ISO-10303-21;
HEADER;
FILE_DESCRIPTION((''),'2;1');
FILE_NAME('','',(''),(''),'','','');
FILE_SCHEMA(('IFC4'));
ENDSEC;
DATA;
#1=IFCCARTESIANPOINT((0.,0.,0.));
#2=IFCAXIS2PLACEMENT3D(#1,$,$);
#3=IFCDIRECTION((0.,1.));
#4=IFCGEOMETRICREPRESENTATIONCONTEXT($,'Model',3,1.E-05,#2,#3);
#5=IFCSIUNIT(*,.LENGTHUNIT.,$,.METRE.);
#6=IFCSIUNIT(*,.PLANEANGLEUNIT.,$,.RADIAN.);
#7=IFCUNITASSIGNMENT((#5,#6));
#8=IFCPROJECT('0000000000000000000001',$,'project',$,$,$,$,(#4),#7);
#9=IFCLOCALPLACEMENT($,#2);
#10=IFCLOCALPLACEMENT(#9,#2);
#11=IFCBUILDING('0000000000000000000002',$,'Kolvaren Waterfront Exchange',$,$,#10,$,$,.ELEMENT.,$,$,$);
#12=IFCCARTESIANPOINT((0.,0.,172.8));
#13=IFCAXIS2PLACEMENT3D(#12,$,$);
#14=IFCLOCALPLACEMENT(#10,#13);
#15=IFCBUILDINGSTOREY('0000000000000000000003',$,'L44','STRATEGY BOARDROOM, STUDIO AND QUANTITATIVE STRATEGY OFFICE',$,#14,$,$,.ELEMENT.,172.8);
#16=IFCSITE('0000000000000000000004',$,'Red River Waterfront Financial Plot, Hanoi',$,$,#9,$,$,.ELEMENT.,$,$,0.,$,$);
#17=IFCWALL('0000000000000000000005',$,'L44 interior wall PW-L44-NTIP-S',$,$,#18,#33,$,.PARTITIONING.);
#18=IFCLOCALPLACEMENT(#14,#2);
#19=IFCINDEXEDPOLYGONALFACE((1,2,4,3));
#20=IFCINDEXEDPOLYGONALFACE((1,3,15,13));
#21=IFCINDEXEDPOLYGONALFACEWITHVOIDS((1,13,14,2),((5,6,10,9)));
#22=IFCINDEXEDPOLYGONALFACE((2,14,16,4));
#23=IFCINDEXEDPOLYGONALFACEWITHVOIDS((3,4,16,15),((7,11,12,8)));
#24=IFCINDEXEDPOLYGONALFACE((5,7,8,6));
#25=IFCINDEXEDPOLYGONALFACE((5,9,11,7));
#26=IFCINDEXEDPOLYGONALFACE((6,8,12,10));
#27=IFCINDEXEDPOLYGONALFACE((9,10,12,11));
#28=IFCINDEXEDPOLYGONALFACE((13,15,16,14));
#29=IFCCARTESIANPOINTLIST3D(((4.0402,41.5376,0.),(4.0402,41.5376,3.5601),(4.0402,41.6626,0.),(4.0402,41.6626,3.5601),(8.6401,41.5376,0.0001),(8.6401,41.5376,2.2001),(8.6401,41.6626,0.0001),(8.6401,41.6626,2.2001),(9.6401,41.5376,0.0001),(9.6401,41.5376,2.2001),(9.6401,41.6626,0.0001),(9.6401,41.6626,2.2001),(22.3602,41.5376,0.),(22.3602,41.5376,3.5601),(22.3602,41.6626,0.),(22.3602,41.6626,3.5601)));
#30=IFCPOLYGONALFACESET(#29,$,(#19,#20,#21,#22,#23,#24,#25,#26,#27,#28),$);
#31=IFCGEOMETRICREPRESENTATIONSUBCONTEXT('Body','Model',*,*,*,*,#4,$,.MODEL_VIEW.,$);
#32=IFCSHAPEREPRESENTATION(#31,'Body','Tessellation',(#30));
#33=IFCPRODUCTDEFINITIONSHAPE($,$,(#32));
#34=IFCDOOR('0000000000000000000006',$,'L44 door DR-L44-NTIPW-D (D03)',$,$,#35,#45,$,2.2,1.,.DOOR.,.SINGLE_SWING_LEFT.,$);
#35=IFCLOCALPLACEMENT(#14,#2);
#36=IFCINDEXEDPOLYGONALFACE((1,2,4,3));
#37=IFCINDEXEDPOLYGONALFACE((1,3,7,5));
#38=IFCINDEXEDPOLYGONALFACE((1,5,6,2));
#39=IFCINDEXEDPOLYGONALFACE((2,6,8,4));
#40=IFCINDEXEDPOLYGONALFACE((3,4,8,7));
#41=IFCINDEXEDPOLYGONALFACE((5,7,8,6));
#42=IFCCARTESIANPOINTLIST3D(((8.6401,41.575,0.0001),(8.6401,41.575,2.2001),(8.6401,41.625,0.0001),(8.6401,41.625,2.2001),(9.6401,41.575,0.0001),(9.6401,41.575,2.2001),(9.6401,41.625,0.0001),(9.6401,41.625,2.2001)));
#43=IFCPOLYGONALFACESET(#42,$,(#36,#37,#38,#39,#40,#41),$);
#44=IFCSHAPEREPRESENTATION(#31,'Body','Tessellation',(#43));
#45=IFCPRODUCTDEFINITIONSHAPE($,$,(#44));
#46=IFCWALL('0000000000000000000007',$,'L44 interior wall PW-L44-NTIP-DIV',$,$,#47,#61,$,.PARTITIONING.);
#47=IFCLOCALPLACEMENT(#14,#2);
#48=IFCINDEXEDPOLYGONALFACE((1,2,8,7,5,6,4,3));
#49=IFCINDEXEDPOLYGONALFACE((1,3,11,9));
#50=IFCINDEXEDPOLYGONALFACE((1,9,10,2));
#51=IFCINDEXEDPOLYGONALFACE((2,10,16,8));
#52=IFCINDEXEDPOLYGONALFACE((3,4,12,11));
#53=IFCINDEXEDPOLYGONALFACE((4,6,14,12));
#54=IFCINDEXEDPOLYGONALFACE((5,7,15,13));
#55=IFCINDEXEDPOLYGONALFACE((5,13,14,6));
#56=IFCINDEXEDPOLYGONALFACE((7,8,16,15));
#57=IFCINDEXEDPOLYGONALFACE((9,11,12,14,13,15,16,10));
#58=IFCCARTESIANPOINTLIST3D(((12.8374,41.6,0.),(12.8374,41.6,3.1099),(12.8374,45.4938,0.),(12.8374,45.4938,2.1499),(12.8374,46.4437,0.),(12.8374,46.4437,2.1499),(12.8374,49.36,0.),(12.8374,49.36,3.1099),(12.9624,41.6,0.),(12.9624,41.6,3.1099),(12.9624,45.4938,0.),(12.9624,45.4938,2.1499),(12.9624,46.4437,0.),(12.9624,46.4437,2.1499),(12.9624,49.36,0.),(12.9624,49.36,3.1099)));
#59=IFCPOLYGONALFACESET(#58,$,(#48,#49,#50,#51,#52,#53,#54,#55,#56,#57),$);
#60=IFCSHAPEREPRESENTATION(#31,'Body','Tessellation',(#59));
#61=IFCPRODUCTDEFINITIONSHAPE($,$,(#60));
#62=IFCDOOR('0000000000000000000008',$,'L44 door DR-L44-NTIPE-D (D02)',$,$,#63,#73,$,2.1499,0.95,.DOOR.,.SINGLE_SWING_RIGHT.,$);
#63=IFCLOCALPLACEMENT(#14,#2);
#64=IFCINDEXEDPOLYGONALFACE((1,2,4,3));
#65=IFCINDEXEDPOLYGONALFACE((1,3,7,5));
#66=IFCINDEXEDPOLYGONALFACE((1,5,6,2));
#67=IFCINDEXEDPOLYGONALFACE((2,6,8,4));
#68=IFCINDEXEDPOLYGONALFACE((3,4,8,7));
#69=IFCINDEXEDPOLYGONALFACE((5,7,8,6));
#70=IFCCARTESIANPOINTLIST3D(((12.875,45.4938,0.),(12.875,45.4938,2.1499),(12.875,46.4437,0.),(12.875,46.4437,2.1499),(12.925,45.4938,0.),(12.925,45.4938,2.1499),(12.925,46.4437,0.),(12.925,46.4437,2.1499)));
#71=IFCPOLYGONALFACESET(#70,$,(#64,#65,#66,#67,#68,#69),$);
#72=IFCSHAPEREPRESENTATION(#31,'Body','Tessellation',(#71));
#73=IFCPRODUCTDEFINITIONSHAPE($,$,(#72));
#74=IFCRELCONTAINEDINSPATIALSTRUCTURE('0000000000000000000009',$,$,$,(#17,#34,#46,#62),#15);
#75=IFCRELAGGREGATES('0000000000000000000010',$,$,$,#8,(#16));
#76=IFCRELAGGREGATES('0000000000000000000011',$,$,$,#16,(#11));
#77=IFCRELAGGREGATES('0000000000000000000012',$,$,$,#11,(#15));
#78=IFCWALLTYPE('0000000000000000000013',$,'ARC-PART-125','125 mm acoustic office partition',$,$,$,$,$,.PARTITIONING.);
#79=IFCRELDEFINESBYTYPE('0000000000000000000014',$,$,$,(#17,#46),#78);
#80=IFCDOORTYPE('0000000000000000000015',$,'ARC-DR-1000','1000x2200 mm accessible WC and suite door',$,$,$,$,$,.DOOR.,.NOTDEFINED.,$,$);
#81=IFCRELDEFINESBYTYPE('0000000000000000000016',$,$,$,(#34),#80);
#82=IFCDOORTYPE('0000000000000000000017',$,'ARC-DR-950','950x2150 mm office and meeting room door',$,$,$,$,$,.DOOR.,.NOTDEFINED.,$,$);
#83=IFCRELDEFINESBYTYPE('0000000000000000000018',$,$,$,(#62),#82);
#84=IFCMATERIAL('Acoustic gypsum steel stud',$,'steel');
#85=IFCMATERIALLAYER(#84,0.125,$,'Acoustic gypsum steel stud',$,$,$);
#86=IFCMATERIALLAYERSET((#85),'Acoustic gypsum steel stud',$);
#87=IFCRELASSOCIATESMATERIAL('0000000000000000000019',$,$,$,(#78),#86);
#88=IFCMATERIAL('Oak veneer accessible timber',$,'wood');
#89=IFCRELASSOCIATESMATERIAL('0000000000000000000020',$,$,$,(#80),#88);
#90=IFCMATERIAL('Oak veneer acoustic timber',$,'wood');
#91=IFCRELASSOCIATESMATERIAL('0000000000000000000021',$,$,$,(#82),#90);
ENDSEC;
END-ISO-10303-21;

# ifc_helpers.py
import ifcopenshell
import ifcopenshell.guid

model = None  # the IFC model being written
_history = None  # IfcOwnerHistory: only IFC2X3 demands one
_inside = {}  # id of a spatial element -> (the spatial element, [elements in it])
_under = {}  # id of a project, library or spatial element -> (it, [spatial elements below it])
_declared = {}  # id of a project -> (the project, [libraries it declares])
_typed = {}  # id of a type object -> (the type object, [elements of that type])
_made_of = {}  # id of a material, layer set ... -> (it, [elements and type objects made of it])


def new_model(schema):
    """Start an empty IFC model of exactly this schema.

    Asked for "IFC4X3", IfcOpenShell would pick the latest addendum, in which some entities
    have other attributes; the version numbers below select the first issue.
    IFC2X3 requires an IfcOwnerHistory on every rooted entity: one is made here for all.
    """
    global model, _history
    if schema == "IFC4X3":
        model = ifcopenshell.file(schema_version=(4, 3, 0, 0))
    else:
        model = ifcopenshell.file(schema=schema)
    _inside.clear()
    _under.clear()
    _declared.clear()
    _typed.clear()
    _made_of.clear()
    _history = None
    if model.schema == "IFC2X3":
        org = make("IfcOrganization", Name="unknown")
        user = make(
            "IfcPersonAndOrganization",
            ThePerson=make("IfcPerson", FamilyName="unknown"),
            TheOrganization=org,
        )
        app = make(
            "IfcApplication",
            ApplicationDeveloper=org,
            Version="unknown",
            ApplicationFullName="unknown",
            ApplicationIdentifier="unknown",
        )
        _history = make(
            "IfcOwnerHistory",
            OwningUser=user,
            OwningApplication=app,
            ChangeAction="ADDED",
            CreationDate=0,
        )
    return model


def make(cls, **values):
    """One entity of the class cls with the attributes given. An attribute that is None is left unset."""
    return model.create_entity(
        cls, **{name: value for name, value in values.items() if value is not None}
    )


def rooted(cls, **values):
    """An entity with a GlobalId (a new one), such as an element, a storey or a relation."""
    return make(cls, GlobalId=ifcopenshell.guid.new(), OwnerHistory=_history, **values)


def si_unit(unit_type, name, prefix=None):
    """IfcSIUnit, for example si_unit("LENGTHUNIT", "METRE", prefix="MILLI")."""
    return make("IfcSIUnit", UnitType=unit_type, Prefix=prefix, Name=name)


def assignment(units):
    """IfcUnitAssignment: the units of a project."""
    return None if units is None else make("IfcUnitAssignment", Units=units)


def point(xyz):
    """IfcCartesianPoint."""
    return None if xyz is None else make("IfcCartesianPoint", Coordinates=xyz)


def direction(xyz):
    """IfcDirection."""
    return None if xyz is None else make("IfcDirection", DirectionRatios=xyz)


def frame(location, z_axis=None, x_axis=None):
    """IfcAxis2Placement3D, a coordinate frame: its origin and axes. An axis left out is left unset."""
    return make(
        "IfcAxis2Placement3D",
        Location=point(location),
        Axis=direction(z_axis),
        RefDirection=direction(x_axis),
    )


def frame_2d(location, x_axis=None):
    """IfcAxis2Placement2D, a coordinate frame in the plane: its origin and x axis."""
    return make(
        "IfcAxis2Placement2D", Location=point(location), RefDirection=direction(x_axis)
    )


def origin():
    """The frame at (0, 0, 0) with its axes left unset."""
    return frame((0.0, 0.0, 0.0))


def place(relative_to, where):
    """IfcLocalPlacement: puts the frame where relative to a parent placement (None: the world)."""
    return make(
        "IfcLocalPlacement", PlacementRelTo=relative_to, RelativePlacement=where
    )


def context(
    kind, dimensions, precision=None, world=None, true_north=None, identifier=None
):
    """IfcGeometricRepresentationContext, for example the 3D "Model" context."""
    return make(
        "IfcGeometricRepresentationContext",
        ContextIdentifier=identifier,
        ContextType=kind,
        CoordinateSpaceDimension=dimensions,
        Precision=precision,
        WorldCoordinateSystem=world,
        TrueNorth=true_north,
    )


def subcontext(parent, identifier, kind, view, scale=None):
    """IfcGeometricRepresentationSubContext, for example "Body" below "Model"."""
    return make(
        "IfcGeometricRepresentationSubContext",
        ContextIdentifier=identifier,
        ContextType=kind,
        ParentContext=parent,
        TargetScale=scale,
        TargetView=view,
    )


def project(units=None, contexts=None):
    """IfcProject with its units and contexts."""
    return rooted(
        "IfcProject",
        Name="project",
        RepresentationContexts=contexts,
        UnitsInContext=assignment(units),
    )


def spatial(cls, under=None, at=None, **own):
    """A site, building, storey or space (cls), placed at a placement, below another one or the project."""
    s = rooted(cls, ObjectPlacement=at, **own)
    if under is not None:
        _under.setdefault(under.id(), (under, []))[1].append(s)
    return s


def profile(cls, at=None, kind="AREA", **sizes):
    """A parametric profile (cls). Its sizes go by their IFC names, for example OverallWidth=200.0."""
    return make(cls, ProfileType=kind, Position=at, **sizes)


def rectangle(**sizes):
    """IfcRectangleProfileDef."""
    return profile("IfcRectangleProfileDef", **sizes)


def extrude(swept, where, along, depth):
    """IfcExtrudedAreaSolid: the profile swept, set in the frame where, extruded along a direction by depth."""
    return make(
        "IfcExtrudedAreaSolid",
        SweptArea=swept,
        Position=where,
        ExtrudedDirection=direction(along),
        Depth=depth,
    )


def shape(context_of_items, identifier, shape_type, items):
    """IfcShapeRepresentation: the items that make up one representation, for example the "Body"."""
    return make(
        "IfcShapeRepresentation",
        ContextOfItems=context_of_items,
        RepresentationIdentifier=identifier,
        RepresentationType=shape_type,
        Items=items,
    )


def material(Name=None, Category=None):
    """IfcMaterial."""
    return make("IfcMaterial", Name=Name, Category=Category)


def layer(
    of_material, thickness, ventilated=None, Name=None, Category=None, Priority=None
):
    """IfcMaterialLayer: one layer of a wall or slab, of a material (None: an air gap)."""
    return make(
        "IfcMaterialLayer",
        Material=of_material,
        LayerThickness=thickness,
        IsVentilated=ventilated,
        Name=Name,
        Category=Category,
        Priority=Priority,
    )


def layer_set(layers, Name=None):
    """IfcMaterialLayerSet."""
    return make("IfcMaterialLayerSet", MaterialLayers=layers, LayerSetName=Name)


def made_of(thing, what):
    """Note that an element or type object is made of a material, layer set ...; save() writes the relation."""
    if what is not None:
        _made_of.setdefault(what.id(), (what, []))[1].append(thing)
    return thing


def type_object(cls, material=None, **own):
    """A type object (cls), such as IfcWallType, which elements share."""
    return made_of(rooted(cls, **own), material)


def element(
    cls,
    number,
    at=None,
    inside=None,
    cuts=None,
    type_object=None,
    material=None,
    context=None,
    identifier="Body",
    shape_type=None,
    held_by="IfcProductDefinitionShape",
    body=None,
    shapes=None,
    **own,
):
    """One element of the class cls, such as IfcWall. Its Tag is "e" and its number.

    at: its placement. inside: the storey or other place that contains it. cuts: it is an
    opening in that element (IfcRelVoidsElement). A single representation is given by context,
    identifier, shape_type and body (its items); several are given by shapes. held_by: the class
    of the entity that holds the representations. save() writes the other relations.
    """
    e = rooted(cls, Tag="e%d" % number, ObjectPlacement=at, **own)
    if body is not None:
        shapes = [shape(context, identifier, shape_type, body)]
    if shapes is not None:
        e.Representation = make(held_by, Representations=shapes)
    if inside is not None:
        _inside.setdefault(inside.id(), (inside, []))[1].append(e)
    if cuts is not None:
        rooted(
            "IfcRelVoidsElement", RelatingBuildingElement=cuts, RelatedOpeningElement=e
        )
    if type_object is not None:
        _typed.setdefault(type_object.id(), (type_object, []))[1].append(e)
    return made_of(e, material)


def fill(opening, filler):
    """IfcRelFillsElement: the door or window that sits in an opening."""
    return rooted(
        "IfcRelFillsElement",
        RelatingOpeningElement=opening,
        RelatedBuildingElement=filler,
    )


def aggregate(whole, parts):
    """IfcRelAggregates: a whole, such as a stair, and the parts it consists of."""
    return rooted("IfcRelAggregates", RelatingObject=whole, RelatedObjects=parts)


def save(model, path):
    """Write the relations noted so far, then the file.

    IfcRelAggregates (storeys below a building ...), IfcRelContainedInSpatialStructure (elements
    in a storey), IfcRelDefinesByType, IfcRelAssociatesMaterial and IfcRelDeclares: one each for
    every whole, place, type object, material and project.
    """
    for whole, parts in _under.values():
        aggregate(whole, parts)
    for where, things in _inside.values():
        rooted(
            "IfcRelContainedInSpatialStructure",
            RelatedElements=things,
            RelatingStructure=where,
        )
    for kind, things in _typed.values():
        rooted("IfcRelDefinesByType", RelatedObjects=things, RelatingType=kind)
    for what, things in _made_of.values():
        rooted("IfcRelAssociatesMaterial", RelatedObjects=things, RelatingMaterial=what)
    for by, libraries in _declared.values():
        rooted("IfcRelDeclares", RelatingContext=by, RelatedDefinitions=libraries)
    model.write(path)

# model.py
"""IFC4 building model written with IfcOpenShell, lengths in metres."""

from ifc_helpers import new_model, si_unit, direction, frame, frame_2d, origin, place, context, subcontext, project, spatial, rectangle, extrude, material, layer, layer_set, type_object, element, fill, save


model = new_model("IFC4")

# Units and contexts
model_context = context("Model", 3, precision=1e-05, world=origin(), true_north=direction((0.0, 1.0)))
body_context = subcontext(model_context, "Body", "Model", "MODEL_VIEW")
ifc_project = project(units=[si_unit("LENGTHUNIT", "METRE"), si_unit("PLANEANGLEUNIT", "RADIAN")], contexts=[model_context])

# Site, building, storey
site_placement = place(None, origin())
site = spatial("IfcSite", under=ifc_project, at=site_placement, Name="Red River Waterfront Financial Plot, Hanoi", CompositionType="ELEMENT", RefElevation=0.0)
building_placement = place(site_placement, origin())
building = spatial("IfcBuilding", under=site, at=building_placement, Name="Kolvaren Waterfront Exchange", CompositionType="ELEMENT")
storey_placement = place(building_placement, frame((0.0, 0.0, 172.8)))
storey = spatial("IfcBuildingStorey", under=building, at=storey_placement, Name="L44", Description="STRATEGY BOARDROOM, STUDIO AND QUANTITATIVE STRATEGY OFFICE", CompositionType="ELEMENT", Elevation=172.8)

# Walls, openings, doors
ifc_material_1 = material(Name="Acoustic gypsum steel stud", Category="steel")
ifc_layer_1 = layer(ifc_material_1, 0.125, Name="Acoustic gypsum steel stud")
ifc_layer_set_1 = layer_set([ifc_layer_1], Name="Acoustic gypsum steel stud")
wall_type_1 = type_object("IfcWallType", Name="ARC-PART-125", Description="125 mm acoustic office partition", PredefinedType="PARTITIONING", material=ifc_layer_set_1)
wall_1_placement = place(storey_placement, frame((4.04, 41.6001, 0.0), z_axis=(0.0, 0.0, 1.0), x_axis=(1.0, 0.0, 0.0)))
wall_1 = element("IfcWall", 1, at=wall_1_placement, inside=storey, type_object=wall_type_1, Name="L44 interior wall PW-L44-NTIP-S", PredefinedType="PARTITIONING", context=body_context, shape_type="SweptSolid", body=[
    extrude(rectangle(XDim=18.3201, YDim=0.125, at=frame_2d((9.1602, 0.0))), origin(), (0.0, 0.0, 1.0), 3.5601),
])
opening_1_placement = place(wall_1_placement, frame((4.6001, 0.0, 0.0)))
opening_1 = element("IfcOpeningElement", 2, at=opening_1_placement, cuts=wall_1, PredefinedType="OPENING", context=body_context, shape_type="SweptSolid", body=[
    extrude(rectangle(XDim=1.0, YDim=2.2, at=frame_2d((0.5, 1.1001))), frame((0.0, 0.0725, 0.0), z_axis=(0.0, -1.0, 0.0), x_axis=(1.0, 0.0, 0.0)), (0.0, 0.0, 1.0), 0.145),
])
ifc_material_2 = material(Name="Oak veneer accessible timber", Category="wood")
door_type_1 = type_object("IfcDoorType", Name="ARC-DR-1000", Description="1000x2200 mm accessible WC and suite door", OperationType="NOTDEFINED", PredefinedType="DOOR", material=ifc_material_2)
door_1_placement = place(opening_1_placement, origin())
door_1 = element("IfcDoor", 3, at=door_1_placement, inside=storey, type_object=door_type_1, Name="L44 door DR-L44-NTIPW-D (D03)", OperationType="SINGLE_SWING_LEFT", OverallHeight=2.2, OverallWidth=1.0, PredefinedType="DOOR", context=body_context, shape_type="SweptSolid", body=[
    extrude(rectangle(XDim=1.0, YDim=2.2, at=frame_2d((0.5, 1.1001))), frame((0.0, 0.0249, 0.0), z_axis=(0.0, -1.0, 0.0), x_axis=(1.0, 0.0, 0.0)), (0.0, 0.0, 1.0), 0.05),
])
fill(opening_1, door_1)
wall_2_placement = place(storey_placement, frame((12.8999, 41.6001, 0.0), z_axis=(0.0, 0.0, 1.0), x_axis=(0.0, 1.0, 0.0)))
wall_2 = element("IfcWall", 4, at=wall_2_placement, inside=storey, type_object=wall_type_1, Name="L44 interior wall PW-L44-NTIP-DIV", PredefinedType="PARTITIONING", context=body_context, shape_type="SweptSolid", body=[
    extrude(rectangle(XDim=7.76, YDim=0.125, at=frame_2d((3.8799, 0.0))), origin(), (0.0, 0.0, 1.0), 3.1099),
])
opening_2_placement = place(wall_2_placement, frame((3.8936, 0.0, 0.0)))
opening_2 = element("IfcOpeningElement", 5, at=opening_2_placement, cuts=wall_2, PredefinedType="OPENING", context=body_context, shape_type="SweptSolid", body=[
    extrude(rectangle(XDim=0.95, YDim=2.1499, at=frame_2d((0.4751, 1.075))), frame((0.0, 0.0725, 0.0), z_axis=(0.0, -1.0, 0.0), x_axis=(1.0, 0.0, 0.0)), (0.0, 0.0, 1.0), 0.145),
])
ifc_material_3 = material(Name="Oak veneer acoustic timber", Category="wood")
door_type_2 = type_object("IfcDoorType", Name="ARC-DR-950", Description="950x2150 mm office and meeting room door", OperationType="NOTDEFINED", PredefinedType="DOOR", material=ifc_material_3)
door_2_placement = place(opening_2_placement, origin())
door_2 = element("IfcDoor", 6, at=door_2_placement, inside=storey, type_object=door_type_2, Name="L44 door DR-L44-NTIPE-D (D02)", OperationType="SINGLE_SWING_RIGHT", OverallHeight=2.1499, OverallWidth=0.95, PredefinedType="DOOR", context=body_context, shape_type="SweptSolid", body=[
    extrude(rectangle(XDim=0.95, YDim=2.1499, at=frame_2d((0.4751, 1.075))), frame((0.0, 0.0249, 0.0), z_axis=(0.0, -1.0, 0.0), x_axis=(1.0, 0.0, 0.0)), (0.0, 0.0, 1.0), 0.05),
])
fill(opening_2, door_2)

save(model, "model.ifc")
